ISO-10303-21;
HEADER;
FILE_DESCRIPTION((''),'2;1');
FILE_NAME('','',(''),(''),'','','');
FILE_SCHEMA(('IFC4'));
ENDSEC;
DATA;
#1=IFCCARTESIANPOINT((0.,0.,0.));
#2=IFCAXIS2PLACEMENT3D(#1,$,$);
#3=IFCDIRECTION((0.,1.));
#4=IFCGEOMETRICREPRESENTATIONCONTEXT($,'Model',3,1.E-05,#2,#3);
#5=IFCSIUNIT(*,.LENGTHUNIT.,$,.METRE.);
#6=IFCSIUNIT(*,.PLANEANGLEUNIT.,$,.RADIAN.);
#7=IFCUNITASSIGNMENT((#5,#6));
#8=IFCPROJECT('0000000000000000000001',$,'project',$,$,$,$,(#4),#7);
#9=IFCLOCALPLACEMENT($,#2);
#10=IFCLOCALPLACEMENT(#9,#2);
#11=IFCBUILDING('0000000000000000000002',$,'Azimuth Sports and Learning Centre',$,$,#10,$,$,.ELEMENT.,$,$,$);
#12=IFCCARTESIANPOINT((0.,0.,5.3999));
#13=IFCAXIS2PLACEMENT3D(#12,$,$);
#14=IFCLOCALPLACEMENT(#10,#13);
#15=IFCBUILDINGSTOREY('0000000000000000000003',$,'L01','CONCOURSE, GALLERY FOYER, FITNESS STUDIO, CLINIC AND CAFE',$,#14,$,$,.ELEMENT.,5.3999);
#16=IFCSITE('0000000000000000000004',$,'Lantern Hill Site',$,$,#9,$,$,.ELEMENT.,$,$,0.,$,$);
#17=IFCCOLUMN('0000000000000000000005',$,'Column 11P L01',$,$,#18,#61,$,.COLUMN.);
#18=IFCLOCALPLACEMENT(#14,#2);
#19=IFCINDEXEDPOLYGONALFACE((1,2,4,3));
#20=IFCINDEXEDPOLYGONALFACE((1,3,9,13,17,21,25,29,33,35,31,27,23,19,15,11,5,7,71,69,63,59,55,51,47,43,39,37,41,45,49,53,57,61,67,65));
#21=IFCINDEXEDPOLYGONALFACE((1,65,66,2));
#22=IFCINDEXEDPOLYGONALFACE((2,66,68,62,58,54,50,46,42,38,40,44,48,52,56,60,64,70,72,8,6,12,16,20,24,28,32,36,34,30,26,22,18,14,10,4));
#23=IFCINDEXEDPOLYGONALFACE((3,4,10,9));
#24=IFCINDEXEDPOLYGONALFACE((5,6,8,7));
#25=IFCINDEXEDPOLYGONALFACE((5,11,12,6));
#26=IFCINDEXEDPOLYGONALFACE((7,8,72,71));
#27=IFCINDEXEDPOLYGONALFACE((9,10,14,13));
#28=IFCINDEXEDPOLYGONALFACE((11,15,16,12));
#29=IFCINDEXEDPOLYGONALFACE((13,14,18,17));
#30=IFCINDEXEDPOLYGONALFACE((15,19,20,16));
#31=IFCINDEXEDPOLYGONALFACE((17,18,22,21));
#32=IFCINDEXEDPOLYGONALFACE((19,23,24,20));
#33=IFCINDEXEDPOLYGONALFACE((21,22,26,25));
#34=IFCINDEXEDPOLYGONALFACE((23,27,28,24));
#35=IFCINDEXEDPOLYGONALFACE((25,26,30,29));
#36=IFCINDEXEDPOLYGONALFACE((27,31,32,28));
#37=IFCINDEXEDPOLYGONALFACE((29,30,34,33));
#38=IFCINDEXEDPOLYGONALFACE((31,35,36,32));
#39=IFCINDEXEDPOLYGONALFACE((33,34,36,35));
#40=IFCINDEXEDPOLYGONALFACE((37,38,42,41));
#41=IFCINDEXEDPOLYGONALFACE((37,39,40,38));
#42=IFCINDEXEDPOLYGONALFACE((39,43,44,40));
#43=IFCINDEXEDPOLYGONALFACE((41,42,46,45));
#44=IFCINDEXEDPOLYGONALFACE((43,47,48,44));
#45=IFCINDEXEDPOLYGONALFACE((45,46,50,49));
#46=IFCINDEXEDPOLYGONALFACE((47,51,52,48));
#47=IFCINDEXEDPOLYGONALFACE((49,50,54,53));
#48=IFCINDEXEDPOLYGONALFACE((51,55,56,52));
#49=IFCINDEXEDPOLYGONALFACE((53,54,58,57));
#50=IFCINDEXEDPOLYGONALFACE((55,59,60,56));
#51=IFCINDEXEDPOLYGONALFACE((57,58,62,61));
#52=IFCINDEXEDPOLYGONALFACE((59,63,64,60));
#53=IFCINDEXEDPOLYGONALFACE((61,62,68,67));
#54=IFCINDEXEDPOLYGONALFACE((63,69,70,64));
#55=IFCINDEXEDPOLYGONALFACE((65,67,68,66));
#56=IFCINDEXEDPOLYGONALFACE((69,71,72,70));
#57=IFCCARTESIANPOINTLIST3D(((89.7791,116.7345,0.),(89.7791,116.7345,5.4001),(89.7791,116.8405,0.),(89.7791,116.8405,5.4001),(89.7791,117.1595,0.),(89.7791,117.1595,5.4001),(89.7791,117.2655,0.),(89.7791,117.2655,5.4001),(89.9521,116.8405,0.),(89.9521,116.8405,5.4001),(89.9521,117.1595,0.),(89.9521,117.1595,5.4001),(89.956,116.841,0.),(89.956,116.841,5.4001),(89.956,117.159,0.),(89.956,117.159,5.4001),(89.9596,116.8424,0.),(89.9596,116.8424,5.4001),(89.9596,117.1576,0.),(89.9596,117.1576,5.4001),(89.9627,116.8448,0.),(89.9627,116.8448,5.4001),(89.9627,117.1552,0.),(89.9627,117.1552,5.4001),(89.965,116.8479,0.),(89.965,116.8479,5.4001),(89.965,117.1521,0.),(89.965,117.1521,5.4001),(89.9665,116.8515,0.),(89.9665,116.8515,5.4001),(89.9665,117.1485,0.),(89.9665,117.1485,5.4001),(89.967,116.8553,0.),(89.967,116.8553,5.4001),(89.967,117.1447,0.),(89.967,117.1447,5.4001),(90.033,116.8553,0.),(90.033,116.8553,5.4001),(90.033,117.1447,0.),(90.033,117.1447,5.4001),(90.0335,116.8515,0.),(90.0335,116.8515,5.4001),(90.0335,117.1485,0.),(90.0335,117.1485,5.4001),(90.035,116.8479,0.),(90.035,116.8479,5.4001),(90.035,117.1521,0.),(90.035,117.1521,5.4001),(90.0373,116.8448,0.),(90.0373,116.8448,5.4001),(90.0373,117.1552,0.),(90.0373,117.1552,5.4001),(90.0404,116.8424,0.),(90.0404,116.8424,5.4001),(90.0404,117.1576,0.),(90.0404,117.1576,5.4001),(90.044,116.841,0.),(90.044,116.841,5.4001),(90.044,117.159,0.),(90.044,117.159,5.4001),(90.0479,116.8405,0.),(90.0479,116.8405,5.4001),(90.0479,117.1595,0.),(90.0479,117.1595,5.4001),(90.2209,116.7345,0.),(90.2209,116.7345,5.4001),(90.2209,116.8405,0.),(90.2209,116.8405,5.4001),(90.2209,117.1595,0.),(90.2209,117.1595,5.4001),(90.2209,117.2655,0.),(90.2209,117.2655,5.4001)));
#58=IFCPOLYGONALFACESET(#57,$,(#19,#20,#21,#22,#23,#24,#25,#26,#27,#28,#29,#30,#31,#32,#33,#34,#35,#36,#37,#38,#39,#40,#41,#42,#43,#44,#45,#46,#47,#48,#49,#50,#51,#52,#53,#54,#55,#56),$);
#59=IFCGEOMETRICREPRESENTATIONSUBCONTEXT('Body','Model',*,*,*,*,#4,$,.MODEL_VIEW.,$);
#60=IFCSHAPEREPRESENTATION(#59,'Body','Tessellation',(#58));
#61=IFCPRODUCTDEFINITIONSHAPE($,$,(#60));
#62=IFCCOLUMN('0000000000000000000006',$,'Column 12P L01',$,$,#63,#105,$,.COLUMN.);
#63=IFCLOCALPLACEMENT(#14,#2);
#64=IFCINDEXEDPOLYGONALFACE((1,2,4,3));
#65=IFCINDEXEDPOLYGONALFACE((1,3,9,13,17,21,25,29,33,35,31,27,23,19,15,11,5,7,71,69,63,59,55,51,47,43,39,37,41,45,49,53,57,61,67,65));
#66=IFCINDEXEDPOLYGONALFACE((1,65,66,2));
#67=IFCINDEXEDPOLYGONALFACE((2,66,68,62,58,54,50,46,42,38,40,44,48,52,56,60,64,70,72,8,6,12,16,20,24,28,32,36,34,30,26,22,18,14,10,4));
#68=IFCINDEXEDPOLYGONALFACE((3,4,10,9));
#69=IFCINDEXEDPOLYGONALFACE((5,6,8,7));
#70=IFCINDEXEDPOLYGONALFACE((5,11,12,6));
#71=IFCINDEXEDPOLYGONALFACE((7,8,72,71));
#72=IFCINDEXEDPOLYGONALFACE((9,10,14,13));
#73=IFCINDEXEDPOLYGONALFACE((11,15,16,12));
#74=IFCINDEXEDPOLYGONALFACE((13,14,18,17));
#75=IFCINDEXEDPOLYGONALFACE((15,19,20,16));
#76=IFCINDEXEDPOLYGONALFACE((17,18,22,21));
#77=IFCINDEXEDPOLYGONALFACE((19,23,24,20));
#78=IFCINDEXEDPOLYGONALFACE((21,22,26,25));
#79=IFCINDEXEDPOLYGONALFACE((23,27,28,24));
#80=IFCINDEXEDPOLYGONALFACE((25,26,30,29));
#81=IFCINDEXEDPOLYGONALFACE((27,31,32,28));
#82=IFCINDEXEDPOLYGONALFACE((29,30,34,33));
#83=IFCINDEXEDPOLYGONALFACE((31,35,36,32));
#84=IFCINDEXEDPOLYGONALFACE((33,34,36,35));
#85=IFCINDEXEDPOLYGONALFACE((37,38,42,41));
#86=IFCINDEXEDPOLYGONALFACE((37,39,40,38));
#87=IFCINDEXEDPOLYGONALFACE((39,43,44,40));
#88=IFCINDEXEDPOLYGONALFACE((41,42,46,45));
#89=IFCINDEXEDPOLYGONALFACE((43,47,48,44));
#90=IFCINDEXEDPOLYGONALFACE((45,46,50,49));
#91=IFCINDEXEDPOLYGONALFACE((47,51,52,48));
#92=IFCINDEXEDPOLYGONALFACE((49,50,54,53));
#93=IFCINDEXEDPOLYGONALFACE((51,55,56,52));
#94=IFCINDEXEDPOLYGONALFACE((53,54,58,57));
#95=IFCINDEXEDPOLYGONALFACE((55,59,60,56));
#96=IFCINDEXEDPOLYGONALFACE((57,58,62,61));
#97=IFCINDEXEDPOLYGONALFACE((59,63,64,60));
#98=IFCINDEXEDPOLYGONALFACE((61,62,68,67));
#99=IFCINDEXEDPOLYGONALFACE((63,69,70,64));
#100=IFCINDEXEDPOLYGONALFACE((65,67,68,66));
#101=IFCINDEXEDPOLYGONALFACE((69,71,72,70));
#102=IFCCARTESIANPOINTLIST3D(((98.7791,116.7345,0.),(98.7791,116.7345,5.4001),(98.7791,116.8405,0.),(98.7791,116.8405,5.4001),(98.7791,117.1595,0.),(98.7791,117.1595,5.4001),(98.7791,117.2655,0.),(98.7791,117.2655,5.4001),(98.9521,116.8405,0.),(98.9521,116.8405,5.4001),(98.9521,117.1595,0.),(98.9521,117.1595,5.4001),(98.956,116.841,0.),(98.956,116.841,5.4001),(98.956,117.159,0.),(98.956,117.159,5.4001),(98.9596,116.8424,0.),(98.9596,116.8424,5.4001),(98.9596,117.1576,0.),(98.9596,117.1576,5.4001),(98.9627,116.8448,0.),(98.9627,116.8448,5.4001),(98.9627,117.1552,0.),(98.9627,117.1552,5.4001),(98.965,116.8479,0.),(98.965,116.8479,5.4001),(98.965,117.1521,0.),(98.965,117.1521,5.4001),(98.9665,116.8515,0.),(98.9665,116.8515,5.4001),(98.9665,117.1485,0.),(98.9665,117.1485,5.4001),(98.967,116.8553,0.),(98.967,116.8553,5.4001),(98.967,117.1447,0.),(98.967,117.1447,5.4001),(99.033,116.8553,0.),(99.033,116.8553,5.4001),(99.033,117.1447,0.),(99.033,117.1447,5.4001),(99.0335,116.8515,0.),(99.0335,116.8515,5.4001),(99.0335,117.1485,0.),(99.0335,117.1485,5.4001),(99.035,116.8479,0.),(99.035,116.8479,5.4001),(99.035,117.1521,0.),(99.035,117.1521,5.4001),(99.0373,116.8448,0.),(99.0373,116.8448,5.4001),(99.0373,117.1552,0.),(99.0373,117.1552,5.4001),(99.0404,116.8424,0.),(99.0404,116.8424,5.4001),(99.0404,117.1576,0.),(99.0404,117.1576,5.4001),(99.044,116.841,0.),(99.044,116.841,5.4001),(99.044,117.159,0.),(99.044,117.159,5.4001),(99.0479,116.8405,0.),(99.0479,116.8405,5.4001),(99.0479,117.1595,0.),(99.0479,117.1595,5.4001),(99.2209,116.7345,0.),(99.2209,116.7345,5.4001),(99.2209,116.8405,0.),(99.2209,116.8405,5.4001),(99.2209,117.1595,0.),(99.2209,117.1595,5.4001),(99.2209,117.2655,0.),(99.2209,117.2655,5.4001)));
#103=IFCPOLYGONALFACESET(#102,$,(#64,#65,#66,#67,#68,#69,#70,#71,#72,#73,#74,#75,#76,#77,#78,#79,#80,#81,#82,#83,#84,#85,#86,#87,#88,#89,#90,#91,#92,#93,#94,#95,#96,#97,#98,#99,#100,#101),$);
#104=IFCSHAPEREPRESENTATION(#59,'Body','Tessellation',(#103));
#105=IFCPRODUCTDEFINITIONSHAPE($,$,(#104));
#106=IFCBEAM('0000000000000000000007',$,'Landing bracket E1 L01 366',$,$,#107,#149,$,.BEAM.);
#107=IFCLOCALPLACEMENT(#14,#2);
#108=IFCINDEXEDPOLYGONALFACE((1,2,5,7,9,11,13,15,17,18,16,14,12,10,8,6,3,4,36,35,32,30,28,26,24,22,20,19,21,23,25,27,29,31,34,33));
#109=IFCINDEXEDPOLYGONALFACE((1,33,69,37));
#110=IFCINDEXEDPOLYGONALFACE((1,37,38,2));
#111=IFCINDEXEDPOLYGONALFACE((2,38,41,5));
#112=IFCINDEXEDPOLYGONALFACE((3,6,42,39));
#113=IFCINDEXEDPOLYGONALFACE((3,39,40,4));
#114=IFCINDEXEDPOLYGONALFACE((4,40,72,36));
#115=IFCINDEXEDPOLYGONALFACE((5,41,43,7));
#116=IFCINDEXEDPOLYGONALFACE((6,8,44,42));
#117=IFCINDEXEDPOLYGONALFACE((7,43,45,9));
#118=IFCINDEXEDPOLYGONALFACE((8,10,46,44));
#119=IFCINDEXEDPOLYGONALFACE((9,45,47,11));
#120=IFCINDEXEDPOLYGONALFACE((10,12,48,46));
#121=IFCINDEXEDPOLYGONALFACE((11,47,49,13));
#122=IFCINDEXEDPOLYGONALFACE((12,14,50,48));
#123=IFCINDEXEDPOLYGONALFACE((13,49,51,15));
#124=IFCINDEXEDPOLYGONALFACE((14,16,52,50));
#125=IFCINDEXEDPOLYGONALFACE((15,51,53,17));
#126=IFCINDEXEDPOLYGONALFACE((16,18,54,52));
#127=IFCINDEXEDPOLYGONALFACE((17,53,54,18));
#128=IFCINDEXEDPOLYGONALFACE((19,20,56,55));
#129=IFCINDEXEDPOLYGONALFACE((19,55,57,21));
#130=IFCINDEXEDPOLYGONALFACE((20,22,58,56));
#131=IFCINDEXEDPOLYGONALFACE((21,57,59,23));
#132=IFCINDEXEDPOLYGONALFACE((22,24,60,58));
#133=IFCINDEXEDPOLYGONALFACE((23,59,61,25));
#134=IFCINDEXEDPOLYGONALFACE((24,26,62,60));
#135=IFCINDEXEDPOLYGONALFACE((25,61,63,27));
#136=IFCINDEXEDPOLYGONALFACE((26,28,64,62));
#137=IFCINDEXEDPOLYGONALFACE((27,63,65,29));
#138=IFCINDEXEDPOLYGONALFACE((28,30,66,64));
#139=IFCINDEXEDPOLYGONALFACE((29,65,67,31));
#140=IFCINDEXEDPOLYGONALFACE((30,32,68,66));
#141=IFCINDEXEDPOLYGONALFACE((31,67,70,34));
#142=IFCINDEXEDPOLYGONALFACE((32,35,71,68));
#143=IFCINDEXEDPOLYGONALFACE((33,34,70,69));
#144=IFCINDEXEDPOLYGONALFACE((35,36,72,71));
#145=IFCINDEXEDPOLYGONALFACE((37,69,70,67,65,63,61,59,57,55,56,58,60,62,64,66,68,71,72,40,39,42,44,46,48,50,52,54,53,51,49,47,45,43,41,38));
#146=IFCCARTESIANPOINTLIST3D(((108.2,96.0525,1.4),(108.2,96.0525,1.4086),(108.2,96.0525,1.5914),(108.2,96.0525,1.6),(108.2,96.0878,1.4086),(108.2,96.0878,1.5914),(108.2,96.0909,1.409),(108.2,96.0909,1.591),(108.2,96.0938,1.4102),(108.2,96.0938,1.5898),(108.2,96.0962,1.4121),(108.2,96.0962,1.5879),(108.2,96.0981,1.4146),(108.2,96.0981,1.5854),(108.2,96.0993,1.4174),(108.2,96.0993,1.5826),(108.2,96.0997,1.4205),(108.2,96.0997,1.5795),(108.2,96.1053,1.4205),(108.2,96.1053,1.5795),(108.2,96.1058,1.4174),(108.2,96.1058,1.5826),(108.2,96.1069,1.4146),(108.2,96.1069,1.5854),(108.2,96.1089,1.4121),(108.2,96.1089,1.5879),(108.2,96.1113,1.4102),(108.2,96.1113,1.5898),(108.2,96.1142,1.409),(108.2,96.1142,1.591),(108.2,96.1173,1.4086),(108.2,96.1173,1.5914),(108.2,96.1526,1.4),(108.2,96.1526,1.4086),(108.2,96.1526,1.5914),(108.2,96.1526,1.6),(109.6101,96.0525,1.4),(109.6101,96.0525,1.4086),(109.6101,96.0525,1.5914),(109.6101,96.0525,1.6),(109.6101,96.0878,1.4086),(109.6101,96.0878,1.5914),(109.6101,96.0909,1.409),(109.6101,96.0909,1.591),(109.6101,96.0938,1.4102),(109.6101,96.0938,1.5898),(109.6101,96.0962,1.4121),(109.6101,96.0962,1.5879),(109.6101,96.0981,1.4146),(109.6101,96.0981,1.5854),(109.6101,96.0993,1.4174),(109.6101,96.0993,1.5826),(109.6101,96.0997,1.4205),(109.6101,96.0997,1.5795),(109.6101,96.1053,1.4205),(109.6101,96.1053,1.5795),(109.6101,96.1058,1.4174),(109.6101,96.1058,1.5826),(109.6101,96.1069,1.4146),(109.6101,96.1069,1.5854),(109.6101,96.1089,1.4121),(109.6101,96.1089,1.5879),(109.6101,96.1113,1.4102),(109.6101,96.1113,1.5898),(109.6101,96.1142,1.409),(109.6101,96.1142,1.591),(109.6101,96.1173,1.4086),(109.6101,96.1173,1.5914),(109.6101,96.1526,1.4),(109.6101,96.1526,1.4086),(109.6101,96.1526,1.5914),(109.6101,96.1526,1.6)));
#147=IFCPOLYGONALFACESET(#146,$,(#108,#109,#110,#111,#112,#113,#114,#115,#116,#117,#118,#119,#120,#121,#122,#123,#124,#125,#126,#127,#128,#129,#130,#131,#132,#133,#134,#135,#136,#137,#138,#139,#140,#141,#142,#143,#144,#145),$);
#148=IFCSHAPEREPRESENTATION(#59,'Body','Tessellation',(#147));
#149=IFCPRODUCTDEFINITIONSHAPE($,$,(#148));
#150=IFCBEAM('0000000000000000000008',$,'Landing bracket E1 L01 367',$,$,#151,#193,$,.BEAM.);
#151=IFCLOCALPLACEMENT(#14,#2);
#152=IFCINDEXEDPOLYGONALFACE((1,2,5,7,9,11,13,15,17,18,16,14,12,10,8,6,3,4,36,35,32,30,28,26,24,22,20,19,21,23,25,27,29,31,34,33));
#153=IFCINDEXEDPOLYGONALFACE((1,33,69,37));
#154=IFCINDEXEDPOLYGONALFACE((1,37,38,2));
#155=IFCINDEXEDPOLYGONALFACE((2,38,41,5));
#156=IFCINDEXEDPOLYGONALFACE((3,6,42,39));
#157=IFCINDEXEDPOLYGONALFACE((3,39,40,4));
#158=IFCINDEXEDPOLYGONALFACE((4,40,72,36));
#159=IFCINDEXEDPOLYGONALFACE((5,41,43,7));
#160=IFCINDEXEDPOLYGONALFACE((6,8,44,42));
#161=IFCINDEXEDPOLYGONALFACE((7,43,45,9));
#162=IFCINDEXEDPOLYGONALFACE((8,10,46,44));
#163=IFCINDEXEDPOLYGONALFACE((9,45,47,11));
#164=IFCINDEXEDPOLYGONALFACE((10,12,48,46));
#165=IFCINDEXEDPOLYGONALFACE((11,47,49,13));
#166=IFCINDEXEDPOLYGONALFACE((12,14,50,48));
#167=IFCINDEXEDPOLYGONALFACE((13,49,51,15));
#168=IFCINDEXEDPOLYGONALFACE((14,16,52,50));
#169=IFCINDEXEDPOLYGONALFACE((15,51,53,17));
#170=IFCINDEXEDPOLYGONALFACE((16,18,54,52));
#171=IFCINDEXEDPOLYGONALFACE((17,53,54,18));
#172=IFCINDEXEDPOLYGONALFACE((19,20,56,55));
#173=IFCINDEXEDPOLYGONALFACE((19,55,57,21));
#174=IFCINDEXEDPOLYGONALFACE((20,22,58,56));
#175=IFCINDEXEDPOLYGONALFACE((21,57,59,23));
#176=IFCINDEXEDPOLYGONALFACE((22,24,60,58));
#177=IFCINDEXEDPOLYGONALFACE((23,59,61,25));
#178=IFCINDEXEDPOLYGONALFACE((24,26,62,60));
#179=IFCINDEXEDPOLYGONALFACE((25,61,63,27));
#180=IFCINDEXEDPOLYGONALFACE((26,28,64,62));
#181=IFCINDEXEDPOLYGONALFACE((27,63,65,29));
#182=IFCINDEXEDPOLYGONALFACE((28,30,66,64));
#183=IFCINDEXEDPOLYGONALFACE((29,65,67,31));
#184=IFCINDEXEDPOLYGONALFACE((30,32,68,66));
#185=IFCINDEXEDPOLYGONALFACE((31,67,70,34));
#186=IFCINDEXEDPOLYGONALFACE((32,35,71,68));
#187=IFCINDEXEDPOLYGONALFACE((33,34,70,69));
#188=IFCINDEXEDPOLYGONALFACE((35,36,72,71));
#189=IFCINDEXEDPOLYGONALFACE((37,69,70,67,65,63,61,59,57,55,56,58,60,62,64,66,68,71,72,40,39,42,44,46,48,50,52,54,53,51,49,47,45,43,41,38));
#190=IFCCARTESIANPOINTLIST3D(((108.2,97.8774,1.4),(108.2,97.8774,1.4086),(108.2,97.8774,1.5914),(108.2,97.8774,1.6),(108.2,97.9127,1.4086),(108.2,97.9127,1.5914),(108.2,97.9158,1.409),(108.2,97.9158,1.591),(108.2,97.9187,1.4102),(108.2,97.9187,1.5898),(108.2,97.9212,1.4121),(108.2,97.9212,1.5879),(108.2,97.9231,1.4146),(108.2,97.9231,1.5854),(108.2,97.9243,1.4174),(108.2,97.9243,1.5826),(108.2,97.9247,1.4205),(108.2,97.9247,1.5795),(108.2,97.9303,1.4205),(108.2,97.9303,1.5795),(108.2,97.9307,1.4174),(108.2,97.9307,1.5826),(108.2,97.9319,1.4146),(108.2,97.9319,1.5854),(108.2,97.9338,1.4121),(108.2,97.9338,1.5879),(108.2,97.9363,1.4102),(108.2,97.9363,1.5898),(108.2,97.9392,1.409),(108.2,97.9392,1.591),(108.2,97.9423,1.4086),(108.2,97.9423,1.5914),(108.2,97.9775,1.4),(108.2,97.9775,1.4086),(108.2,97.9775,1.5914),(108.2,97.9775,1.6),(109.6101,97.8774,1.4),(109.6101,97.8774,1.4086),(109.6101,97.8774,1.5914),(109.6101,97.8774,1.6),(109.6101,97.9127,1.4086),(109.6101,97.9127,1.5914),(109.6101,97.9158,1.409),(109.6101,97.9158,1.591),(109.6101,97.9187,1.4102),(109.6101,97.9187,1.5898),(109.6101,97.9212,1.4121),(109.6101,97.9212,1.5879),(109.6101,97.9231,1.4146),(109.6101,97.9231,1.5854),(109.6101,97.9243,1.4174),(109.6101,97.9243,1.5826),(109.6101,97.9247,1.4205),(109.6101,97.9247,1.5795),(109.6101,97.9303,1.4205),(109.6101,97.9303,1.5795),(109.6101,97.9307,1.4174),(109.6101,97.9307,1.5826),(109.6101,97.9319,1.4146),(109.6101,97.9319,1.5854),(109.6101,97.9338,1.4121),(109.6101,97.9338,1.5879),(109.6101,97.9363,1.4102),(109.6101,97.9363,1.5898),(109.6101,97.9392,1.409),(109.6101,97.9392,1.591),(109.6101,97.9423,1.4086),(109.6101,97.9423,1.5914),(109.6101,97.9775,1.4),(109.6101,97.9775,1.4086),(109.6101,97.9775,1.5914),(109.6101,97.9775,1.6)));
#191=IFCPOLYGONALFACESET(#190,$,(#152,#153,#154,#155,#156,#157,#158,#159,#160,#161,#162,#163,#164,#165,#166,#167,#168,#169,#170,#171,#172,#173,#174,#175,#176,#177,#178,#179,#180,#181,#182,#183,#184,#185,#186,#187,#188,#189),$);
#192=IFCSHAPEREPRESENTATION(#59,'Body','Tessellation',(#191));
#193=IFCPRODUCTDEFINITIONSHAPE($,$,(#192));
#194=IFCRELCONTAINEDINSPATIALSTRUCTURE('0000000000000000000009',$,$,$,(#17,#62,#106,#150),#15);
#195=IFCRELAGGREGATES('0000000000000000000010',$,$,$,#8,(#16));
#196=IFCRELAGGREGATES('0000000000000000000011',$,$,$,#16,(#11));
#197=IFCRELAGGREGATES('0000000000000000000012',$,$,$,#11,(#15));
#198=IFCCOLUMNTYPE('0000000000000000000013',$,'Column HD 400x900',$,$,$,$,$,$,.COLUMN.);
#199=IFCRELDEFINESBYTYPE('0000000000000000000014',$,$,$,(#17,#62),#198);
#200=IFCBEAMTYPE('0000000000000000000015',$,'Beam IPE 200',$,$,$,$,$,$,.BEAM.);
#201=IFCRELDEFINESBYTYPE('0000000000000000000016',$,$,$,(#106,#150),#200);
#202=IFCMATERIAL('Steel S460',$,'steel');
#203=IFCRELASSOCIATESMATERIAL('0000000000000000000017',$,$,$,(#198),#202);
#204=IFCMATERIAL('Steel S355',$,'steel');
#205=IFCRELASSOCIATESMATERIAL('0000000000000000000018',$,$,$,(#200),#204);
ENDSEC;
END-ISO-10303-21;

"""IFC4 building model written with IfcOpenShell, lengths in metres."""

from ifc_helpers import new_model, si_unit, direction, frame, origin, origin_2d, place, context, subcontext, project, spatial, i_section, extrude, material, material_profile, profile_set, type_object, element, save


model = new_model("IFC4")

# Units and contexts
model_context = context("Model", 3, precision=1e-05, world=origin(), true_north=direction((0.0, 1.0)))
body_context = subcontext(model_context, "Body", "Model", "MODEL_VIEW")
ifc_project = project(units=[si_unit("LENGTHUNIT", "METRE"), si_unit("PLANEANGLEUNIT", "RADIAN")], contexts=[model_context])

# Site, building, storey
site_placement = place(None, origin())
site = spatial("IfcSite", under=ifc_project, at=site_placement, Name="Lantern Hill Site", CompositionType="ELEMENT", RefElevation=0.0)
building_placement = place(site_placement, origin())
building = spatial("IfcBuilding", under=site, at=building_placement, Name="Azimuth Sports and Learning Centre", CompositionType="ELEMENT")
storey_placement = place(building_placement, frame((0.0, 0.0, 5.3999)))
storey = spatial("IfcBuildingStorey", under=building, at=storey_placement, Name="L01", Description="CONCOURSE, GALLERY FOYER, FITNESS STUDIO, CLINIC AND CAFE", CompositionType="ELEMENT", Elevation=5.3999)

# Columns
ifc_material_1 = material(Name="Steel S460", Category="steel")
ifc_material_profile_1 = material_profile(ifc_material_1, i_section(OverallWidth=0.4419, OverallDepth=0.531, WebThickness=0.0659, FlangeThickness=0.106, FilletRadius=0.0149, at=origin_2d()), Name="HD 400x900")
ifc_profile_set_1 = profile_set([ifc_material_profile_1], Name="Steel S460")
column_type = type_object("IfcColumnType", Name="Column HD 400x900", PredefinedType="COLUMN", material=ifc_profile_set_1)
for number, where, z_axis, x_axis, name in (
    (1, (90.0, 117.0, 0.0), (0.0, 0.0, 1.0), (1.0, 0.0, 0.0), "Column 11P L01"),
    (2, (99.0, 117.0, 0.0), (0.0, 0.0, 1.0), (1.0, 0.0, 0.0), "Column 12P L01"),
):
    element("IfcColumn", number, at=place(storey_placement, frame(where, z_axis=z_axis, x_axis=x_axis)), inside=storey, type_object=column_type, Name=name, PredefinedType="COLUMN", context=body_context, shape_type="SweptSolid", body=[
        extrude(i_section(OverallWidth=0.4419, OverallDepth=0.531, WebThickness=0.0659, FlangeThickness=0.106, FilletRadius=0.0149, at=origin_2d()), origin(), (0.0, 0.0, 1.0), 5.4001),
    ])

# Beams
ifc_material_2 = material(Name="Steel S355", Category="steel")
ifc_material_profile_2 = material_profile(ifc_material_2, i_section(OverallWidth=0.1001, OverallDepth=0.2, WebThickness=0.0056, FlangeThickness=0.0085, FilletRadius=0.012, at=origin_2d()), Name="IPE 200")
ifc_profile_set_2 = profile_set([ifc_material_profile_2], Name="Steel S355")
beam_type = type_object("IfcBeamType", Name="Beam IPE 200", PredefinedType="BEAM", material=ifc_profile_set_2)
for number, where, z_axis, x_axis, name in (
    (3, (108.2, 96.1025, 1.5), (1.0, 0.0, 0.0), (0.0, 1.0, 0.0), "Landing bracket E1 L01 366"),
    (4, (108.2, 97.9275, 1.5), (1.0, 0.0, 0.0), (0.0, 1.0, 0.0), "Landing bracket E1 L01 367"),
):
    element("IfcBeam", number, at=place(storey_placement, frame(where, z_axis=z_axis, x_axis=x_axis)), inside=storey, type_object=beam_type, Name=name, PredefinedType="BEAM", context=body_context, shape_type="SweptSolid", body=[
        extrude(i_section(OverallWidth=0.1001, OverallDepth=0.2, WebThickness=0.0056, FlangeThickness=0.0085, FilletRadius=0.012, at=origin_2d()), origin(), (0.0, 0.0, 1.0), 1.4102),
    ])

save(model, "model.ifc")
